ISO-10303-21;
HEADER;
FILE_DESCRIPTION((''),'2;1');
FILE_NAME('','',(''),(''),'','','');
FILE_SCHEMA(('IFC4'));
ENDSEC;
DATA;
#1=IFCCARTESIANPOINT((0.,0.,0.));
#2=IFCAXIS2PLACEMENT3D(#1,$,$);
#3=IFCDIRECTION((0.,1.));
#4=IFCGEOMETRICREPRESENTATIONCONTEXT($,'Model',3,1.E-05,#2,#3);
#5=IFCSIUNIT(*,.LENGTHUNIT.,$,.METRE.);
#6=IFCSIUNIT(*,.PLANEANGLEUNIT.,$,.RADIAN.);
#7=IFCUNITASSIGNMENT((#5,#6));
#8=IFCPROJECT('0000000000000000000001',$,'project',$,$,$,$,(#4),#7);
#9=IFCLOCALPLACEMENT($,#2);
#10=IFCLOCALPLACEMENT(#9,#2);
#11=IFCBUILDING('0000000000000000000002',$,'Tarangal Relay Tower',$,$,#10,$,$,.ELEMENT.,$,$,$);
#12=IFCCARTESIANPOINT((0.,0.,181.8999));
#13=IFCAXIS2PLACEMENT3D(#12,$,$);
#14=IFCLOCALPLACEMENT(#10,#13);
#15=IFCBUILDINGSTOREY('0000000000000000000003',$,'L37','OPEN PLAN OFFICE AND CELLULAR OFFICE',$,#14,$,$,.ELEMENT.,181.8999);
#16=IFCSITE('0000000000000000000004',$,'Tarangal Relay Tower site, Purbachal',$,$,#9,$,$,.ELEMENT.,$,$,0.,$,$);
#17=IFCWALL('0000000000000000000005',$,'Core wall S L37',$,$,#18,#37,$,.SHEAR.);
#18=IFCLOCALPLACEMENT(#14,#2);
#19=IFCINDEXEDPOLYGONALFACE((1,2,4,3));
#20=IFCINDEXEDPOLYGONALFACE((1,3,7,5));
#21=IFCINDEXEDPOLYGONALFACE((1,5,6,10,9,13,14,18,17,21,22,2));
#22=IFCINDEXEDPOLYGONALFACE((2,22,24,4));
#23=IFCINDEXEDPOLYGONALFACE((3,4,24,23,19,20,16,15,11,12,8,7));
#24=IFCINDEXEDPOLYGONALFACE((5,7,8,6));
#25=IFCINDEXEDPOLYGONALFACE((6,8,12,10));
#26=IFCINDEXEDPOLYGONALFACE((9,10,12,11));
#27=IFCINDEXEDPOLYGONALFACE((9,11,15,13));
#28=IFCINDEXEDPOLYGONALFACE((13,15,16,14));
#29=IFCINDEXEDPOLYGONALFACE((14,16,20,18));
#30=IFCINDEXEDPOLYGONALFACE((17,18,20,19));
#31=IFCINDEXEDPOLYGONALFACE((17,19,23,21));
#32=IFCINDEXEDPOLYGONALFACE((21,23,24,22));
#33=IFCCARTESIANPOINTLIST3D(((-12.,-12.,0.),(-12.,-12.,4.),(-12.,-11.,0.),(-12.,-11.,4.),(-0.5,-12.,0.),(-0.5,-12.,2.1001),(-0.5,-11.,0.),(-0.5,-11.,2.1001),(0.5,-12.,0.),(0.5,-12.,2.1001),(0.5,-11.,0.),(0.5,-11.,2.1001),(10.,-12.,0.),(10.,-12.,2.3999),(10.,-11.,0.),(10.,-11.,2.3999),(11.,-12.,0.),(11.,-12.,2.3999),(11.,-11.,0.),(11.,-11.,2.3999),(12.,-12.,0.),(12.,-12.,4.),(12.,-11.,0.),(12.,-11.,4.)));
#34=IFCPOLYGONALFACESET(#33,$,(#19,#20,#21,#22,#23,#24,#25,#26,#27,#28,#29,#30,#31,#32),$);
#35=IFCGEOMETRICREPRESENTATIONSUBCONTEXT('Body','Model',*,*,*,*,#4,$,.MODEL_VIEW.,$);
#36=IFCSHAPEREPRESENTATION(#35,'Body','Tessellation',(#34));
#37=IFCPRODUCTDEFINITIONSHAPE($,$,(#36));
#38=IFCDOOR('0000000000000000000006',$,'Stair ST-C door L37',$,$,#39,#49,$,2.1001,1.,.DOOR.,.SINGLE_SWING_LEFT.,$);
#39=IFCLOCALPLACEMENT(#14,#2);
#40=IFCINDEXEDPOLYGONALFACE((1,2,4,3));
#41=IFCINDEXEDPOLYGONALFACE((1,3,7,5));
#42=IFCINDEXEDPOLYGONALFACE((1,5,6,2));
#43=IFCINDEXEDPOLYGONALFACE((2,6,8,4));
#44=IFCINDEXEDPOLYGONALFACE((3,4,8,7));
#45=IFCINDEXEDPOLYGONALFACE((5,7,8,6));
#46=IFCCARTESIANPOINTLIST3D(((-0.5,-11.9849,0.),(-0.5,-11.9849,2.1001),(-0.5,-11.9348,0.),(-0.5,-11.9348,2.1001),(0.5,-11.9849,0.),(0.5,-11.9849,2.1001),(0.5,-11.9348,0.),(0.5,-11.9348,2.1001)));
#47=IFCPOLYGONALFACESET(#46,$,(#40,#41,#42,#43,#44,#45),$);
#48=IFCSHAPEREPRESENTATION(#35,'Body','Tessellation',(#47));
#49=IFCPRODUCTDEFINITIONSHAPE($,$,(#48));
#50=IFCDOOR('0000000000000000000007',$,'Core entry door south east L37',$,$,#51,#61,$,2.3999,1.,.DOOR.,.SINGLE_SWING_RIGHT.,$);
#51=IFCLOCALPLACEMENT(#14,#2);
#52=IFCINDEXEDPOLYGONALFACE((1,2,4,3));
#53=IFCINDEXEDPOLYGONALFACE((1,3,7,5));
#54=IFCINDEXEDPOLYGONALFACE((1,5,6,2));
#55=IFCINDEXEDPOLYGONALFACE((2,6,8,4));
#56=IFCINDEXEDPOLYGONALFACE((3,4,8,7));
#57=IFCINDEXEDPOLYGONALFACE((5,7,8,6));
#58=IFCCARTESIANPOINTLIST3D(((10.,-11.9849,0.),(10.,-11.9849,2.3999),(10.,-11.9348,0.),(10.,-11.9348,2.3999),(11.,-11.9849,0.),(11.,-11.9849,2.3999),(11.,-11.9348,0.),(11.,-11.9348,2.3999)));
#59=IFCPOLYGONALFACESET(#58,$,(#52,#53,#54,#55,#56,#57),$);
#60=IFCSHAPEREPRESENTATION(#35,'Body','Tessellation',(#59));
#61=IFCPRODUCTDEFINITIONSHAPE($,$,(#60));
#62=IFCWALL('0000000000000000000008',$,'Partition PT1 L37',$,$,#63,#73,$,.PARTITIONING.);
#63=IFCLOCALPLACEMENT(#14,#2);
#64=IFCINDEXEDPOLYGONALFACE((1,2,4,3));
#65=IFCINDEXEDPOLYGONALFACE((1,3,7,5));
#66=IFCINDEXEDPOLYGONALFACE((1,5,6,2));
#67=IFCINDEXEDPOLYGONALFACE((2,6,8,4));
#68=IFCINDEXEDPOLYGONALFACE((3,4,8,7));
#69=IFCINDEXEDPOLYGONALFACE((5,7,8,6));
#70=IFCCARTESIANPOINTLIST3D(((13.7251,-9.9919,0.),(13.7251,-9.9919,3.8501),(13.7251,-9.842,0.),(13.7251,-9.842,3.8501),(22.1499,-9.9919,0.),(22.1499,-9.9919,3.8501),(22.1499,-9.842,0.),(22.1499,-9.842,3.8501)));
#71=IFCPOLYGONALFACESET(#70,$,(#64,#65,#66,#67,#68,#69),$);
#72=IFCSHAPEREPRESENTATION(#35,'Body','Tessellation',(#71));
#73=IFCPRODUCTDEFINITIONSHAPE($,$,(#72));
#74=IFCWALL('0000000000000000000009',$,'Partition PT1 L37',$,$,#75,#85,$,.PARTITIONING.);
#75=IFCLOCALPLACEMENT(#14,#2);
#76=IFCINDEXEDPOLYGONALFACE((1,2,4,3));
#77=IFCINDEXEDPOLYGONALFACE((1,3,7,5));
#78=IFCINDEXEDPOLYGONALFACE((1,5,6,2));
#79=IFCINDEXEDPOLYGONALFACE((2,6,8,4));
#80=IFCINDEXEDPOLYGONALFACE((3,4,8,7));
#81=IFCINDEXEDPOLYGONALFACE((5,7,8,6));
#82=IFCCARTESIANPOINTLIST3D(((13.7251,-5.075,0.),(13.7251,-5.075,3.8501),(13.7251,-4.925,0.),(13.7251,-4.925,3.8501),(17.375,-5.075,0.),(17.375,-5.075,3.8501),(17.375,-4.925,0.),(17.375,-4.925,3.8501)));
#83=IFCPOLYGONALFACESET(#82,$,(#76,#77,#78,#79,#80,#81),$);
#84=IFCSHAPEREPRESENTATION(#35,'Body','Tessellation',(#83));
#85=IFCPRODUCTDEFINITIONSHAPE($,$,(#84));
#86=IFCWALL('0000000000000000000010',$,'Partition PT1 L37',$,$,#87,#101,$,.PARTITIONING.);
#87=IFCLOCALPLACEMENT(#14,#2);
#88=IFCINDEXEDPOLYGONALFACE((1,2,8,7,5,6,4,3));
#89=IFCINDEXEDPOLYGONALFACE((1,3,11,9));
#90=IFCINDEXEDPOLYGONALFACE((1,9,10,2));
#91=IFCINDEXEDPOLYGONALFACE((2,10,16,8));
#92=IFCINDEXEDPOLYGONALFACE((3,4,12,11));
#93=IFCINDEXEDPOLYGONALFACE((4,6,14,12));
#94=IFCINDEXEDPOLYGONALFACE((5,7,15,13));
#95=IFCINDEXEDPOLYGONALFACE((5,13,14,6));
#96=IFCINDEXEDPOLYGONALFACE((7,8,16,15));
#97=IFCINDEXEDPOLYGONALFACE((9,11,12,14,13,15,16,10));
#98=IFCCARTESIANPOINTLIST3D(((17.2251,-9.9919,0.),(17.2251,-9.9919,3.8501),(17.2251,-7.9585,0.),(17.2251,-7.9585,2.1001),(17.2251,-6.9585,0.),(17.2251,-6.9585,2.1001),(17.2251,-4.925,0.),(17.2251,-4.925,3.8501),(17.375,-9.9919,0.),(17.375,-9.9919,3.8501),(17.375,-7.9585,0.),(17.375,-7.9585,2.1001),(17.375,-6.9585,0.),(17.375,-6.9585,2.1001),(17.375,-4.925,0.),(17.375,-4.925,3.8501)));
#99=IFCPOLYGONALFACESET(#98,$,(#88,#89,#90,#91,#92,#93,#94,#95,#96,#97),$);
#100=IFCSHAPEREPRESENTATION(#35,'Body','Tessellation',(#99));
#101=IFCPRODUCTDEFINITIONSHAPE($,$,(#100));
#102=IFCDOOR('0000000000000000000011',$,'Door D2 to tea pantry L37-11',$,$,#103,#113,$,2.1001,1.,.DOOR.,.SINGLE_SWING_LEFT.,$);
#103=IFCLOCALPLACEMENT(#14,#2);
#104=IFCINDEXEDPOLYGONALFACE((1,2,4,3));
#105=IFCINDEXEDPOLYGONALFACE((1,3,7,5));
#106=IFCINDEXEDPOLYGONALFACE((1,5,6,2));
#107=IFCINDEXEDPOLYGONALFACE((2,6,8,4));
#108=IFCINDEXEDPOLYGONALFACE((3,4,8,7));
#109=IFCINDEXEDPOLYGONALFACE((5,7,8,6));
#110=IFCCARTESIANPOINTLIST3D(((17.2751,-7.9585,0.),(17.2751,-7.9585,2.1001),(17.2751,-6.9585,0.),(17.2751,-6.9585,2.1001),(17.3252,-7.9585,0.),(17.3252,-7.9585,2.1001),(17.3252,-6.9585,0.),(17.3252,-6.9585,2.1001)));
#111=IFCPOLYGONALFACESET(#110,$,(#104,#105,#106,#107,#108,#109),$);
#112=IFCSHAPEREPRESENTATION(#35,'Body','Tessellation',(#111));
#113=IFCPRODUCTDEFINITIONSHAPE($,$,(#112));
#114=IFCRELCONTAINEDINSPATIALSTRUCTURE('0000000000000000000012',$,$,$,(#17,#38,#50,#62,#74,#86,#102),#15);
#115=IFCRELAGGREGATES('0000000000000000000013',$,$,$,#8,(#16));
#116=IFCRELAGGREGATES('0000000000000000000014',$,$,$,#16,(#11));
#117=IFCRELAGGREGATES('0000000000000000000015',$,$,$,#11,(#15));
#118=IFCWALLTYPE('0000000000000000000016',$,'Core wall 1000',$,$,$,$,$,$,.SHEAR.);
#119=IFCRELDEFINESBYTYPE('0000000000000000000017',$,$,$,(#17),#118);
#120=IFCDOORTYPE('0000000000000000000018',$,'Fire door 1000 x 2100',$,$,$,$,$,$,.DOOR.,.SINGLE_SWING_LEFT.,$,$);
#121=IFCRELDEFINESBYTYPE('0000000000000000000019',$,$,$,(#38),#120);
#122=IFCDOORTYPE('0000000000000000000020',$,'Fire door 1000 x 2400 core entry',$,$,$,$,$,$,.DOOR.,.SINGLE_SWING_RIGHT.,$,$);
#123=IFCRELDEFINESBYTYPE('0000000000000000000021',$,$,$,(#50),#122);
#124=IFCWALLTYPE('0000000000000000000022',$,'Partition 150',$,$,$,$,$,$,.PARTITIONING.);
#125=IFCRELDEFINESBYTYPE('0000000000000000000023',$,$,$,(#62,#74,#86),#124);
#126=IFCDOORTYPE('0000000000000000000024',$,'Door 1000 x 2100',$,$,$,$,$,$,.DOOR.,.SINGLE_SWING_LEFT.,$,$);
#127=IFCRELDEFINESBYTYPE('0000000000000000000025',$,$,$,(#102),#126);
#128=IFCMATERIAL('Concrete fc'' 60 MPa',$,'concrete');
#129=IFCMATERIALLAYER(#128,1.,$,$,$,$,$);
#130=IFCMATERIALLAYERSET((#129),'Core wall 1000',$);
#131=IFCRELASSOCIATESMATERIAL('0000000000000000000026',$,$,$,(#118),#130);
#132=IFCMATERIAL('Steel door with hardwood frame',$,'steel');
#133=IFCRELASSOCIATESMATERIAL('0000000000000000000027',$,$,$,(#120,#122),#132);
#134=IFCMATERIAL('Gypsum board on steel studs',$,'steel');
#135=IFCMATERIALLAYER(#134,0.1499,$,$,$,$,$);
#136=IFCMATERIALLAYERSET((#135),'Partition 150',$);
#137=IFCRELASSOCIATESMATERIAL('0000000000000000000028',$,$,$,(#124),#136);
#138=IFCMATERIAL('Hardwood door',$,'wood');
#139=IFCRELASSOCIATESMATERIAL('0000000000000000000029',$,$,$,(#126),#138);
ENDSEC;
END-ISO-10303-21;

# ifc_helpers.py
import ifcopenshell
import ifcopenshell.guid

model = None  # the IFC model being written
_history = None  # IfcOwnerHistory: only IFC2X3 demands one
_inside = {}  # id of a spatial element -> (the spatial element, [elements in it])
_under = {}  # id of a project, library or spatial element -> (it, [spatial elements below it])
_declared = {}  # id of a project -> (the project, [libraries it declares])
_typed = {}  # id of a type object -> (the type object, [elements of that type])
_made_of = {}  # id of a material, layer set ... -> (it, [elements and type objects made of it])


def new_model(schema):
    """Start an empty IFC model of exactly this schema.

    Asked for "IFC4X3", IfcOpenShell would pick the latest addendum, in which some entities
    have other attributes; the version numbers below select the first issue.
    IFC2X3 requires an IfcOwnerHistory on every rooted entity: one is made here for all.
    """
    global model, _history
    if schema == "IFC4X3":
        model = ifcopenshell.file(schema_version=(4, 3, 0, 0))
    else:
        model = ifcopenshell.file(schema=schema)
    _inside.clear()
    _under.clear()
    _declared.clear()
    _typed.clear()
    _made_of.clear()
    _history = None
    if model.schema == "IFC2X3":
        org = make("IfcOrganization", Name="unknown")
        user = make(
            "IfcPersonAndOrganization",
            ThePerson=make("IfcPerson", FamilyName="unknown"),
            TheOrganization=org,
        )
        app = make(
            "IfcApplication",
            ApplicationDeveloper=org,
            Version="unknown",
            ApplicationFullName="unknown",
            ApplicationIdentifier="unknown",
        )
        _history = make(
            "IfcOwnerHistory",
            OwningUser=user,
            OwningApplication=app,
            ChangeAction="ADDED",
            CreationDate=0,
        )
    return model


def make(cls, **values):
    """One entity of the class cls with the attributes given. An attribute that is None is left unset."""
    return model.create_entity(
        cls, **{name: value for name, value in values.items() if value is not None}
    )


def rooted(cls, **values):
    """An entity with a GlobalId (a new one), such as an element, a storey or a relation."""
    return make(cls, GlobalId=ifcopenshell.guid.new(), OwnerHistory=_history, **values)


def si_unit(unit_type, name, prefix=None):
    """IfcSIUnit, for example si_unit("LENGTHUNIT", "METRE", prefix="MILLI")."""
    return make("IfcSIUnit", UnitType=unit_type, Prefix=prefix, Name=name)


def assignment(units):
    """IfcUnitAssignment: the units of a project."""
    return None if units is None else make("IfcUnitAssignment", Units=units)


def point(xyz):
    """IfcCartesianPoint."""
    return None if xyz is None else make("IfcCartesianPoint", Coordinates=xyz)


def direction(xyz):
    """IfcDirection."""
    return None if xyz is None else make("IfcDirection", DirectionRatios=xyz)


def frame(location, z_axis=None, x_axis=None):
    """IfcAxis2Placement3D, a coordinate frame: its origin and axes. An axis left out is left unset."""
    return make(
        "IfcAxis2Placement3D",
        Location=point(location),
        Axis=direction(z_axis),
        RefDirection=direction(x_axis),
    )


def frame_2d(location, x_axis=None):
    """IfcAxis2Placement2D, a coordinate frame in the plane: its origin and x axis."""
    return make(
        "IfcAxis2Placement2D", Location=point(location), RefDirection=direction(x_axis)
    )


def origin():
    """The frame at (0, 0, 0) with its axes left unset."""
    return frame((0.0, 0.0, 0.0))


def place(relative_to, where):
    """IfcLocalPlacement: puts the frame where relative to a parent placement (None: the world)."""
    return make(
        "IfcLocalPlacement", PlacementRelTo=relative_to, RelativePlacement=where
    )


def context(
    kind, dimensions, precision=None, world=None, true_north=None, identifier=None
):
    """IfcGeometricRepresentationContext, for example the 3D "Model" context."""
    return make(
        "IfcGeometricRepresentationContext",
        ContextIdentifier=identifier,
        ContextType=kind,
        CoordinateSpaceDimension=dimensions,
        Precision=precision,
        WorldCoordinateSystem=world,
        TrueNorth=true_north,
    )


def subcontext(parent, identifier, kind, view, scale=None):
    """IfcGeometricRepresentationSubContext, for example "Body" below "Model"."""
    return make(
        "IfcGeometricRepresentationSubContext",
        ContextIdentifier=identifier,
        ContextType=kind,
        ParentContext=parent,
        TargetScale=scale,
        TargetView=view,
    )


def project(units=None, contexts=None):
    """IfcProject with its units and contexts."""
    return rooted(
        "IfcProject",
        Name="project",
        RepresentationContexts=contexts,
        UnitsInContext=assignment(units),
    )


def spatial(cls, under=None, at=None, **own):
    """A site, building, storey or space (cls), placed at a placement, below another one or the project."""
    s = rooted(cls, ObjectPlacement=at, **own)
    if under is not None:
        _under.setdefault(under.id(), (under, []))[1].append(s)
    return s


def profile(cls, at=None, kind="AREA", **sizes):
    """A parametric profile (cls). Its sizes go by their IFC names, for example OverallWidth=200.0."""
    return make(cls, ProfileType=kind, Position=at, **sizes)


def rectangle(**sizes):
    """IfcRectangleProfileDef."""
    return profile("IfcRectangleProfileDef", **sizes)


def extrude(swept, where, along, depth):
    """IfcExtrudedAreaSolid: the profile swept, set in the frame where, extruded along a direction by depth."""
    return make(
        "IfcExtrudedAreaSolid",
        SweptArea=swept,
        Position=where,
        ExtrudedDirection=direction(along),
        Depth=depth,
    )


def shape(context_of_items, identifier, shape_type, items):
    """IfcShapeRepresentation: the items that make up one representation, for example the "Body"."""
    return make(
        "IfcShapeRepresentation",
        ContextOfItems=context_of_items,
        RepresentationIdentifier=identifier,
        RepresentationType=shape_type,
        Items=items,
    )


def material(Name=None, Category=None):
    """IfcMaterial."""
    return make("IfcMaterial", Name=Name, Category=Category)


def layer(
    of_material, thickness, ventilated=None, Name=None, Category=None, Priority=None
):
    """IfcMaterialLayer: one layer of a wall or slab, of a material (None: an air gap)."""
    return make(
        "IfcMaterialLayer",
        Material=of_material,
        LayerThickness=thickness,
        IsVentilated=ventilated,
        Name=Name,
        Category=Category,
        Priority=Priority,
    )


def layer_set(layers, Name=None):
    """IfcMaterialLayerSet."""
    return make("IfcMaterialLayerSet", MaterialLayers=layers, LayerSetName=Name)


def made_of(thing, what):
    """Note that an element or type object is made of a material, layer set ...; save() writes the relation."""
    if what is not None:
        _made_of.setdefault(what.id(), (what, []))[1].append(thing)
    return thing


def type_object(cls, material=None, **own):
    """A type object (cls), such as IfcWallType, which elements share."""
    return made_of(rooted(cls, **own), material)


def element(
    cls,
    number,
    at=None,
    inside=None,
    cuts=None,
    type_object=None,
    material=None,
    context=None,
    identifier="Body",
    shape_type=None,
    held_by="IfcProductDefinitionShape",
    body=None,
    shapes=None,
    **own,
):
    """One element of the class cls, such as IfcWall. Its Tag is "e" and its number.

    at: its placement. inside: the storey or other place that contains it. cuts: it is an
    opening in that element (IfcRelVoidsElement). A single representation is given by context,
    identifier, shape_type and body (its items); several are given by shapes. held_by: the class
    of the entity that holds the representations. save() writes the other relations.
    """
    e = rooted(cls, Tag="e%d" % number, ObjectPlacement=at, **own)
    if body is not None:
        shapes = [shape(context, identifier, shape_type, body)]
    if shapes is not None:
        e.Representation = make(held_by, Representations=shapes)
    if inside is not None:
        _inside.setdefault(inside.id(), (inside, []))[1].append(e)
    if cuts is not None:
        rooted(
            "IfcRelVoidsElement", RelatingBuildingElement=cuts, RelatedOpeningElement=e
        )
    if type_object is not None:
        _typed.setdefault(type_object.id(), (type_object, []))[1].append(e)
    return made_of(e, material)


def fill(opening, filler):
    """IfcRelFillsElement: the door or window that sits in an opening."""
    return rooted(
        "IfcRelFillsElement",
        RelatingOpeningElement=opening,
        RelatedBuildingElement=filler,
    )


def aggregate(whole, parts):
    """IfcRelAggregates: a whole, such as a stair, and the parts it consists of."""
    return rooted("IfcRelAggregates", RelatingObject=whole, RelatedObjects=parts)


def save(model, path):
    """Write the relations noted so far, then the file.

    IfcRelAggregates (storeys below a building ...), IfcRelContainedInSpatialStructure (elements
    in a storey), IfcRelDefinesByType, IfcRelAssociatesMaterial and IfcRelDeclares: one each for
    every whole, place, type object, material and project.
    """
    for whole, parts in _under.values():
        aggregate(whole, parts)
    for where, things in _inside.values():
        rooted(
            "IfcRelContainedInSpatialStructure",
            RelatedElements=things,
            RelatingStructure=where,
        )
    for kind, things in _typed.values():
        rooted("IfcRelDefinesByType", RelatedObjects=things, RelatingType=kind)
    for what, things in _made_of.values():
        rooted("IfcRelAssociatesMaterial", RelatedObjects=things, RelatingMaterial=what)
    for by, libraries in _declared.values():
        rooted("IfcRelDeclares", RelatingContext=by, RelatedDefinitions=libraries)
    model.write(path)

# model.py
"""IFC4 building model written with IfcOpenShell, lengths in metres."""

from ifc_helpers import new_model, si_unit, direction, frame, frame_2d, origin, place, context, subcontext, project, spatial, rectangle, extrude, material, layer, layer_set, type_object, element, fill, save


model = new_model("IFC4")

# Units and contexts
model_context = context("Model", 3, precision=1e-05, world=origin(), true_north=direction((0.0, 1.0)))
body_context = subcontext(model_context, "Body", "Model", "MODEL_VIEW")
ifc_project = project(units=[si_unit("LENGTHUNIT", "METRE"), si_unit("PLANEANGLEUNIT", "RADIAN")], contexts=[model_context])

# Site, building, storey
site_placement = place(None, origin())
site = spatial("IfcSite", under=ifc_project, at=site_placement, Name="Tarangal Relay Tower site, Purbachal", CompositionType="ELEMENT", RefElevation=0.0)
building_placement = place(site_placement, origin())
building = spatial("IfcBuilding", under=site, at=building_placement, Name="Tarangal Relay Tower", CompositionType="ELEMENT")
storey_placement = place(building_placement, frame((0.0, 0.0, 181.8999)))
storey = spatial("IfcBuildingStorey", under=building, at=storey_placement, Name="L37", Description="OPEN PLAN OFFICE AND CELLULAR OFFICE", CompositionType="ELEMENT", Elevation=181.8999)

# Wall, openings, doors
ifc_material_1 = material(Name="Concrete fc' 60 MPa", Category="concrete")
ifc_layer_1 = layer(ifc_material_1, 1.0)
ifc_layer_set_1 = layer_set([ifc_layer_1], Name="Core wall 1000")
wall_type_1 = type_object("IfcWallType", Name="Core wall 1000", PredefinedType="SHEAR", material=ifc_layer_set_1)
wall_1_placement = place(storey_placement, frame((12.0, -11.5, 0.0), z_axis=(0.0, 0.0, 1.0), x_axis=(-1.0, 0.0, 0.0)))
wall_1 = element("IfcWall", 1, at=wall_1_placement, inside=storey, type_object=wall_type_1, Name="Core wall S L37", PredefinedType="SHEAR", context=body_context, shape_type="SweptSolid", body=[
    extrude(rectangle(XDim=24.0, YDim=1.0, at=frame_2d((12.0, 0.0))), origin(), (0.0, 0.0, 1.0), 4.0),
])
opening_1_placement = place(wall_1_placement, frame((11.5, 0.0, 0.0)))
opening_1 = element("IfcOpeningElement", 2, at=opening_1_placement, cuts=wall_1, PredefinedType="OPENING", context=body_context, shape_type="SweptSolid", body=[
    extrude(rectangle(XDim=1.0, YDim=2.1001, at=frame_2d((0.5, 1.05))), frame((0.0, 0.51, 0.0), z_axis=(0.0, -1.0, 0.0), x_axis=(1.0, 0.0, 0.0)), (0.0, 0.0, 1.0), 1.02),
])
opening_2_placement = place(wall_1_placement, frame((1.0, 0.0, 0.0)))
opening_2 = element("IfcOpeningElement", 3, at=opening_2_placement, cuts=wall_1, PredefinedType="OPENING", context=body_context, shape_type="SweptSolid", body=[
    extrude(rectangle(XDim=1.0, YDim=2.3999, at=frame_2d((0.5, 1.2))), frame((0.0, 0.51, 0.0), z_axis=(0.0, -1.0, 0.0), x_axis=(1.0, 0.0, 0.0)), (0.0, 0.0, 1.0), 1.02),
])
ifc_material_2 = material(Name="Steel door with hardwood frame", Category="steel")
door_type_1 = type_object("IfcDoorType", Name="Fire door 1000 x 2100", OperationType="SINGLE_SWING_LEFT", PredefinedType="DOOR", material=ifc_material_2)
door_1_placement = place(opening_1_placement, origin())
door_1 = element("IfcDoor", 4, at=door_1_placement, inside=storey, type_object=door_type_1, Name="Stair ST-C door L37", OperationType="SINGLE_SWING_LEFT", OverallHeight=2.1001, OverallWidth=1.0, PredefinedType="DOOR", context=body_context, shape_type="SweptSolid", body=[
    extrude(rectangle(XDim=1.0, YDim=2.1001, at=frame_2d((0.5, 1.05))), frame((0.0, 0.4849, 0.0), z_axis=(0.0, -1.0, 0.0), x_axis=(1.0, 0.0, 0.0)), (0.0, 0.0, 1.0), 0.05),
])
fill(opening_1, door_1)
door_type_2 = type_object("IfcDoorType", Name="Fire door 1000 x 2400 core entry", OperationType="SINGLE_SWING_RIGHT", PredefinedType="DOOR", material=ifc_material_2)
door_2_placement = place(opening_2_placement, origin())
door_2 = element("IfcDoor", 5, at=door_2_placement, inside=storey, type_object=door_type_2, Name="Core entry door south east L37", OperationType="SINGLE_SWING_RIGHT", OverallHeight=2.3999, OverallWidth=1.0, PredefinedType="DOOR", context=body_context, shape_type="SweptSolid", body=[
    extrude(rectangle(XDim=1.0, YDim=2.3999, at=frame_2d((0.5, 1.2))), frame((0.0, 0.4849, 0.0), z_axis=(0.0, -1.0, 0.0), x_axis=(1.0, 0.0, 0.0)), (0.0, 0.0, 1.0), 0.05),
])
fill(opening_2, door_2)

# Walls
ifc_material_3 = material(Name="Gypsum board on steel studs", Category="steel")
ifc_layer_2 = layer(ifc_material_3, 0.1499)
ifc_layer_set_2 = layer_set([ifc_layer_2], Name="Partition 150")
wall_type_2 = type_object("IfcWallType", Name="Partition 150", PredefinedType="PARTITIONING", material=ifc_layer_set_2)
wall_2_placement = place(storey_placement, frame((13.7251, -9.917, 0.0), z_axis=(0.0, 0.0, 1.0), x_axis=(1.0, 0.0, 0.0)))
element("IfcWall", 6, at=wall_2_placement, inside=storey, type_object=wall_type_2, Name="Partition PT1 L37", PredefinedType="PARTITIONING", context=body_context, shape_type="SweptSolid", body=[
    extrude(rectangle(XDim=8.4248, YDim=0.1499, at=frame_2d((4.2124, 0.0))), origin(), (0.0, 0.0, 1.0), 3.8501),
])
wall_3_placement = place(storey_placement, frame((13.7251, -5.0, 0.0), z_axis=(0.0, 0.0, 1.0), x_axis=(1.0, 0.0, 0.0)))
element("IfcWall", 7, at=wall_3_placement, inside=storey, type_object=wall_type_2, Name="Partition PT1 L37", PredefinedType="PARTITIONING", context=body_context, shape_type="SweptSolid", body=[
    extrude(rectangle(XDim=3.6499, YDim=0.1499, at=frame_2d((1.825, 0.0))), origin(), (0.0, 0.0, 1.0), 3.8501),
])

# Wall, opening, door
wall_4_placement = place(storey_placement, frame((17.3, -9.9919, 0.0), z_axis=(0.0, 0.0, 1.0), x_axis=(0.0, 1.0, 0.0)))
wall_4 = element("IfcWall", 8, at=wall_4_placement, inside=storey, type_object=wall_type_2, Name="Partition PT1 L37", PredefinedType="PARTITIONING", context=body_context, shape_type="SweptSolid", body=[
    extrude(rectangle(XDim=5.0669, YDim=0.1499, at=frame_2d((2.5334, 0.0))), origin(), (0.0, 0.0, 1.0), 3.8501),
])
opening_3_placement = place(wall_4_placement, frame((2.0334, 0.0, 0.0)))
opening_3 = element("IfcOpeningElement", 9, at=opening_3_placement, cuts=wall_4, PredefinedType="OPENING", context=body_context, shape_type="SweptSolid", body=[
    extrude(rectangle(XDim=1.0, YDim=2.1001, at=frame_2d((0.5, 1.05))), frame((0.0, 0.085, 0.0), z_axis=(0.0, -1.0, 0.0), x_axis=(1.0, 0.0, 0.0)), (0.0, 0.0, 1.0), 0.1699),
])
ifc_material_4 = material(Name="Hardwood door", Category="wood")
door_type_3 = type_object("IfcDoorType", Name="Door 1000 x 2100", OperationType="SINGLE_SWING_LEFT", PredefinedType="DOOR", material=ifc_material_4)
door_3_placement = place(opening_3_placement, origin())
door_3 = element("IfcDoor", 10, at=door_3_placement, inside=storey, type_object=door_type_3, Name="Door D2 to tea pantry L37-11", OperationType="SINGLE_SWING_LEFT", OverallHeight=2.1001, OverallWidth=1.0, PredefinedType="DOOR", context=body_context, shape_type="SweptSolid", body=[
    extrude(rectangle(XDim=1.0, YDim=2.1001, at=frame_2d((0.5, 1.05))), frame((0.0, 0.0249, 0.0), z_axis=(0.0, -1.0, 0.0), x_axis=(1.0, 0.0, 0.0)), (0.0, 0.0, 1.0), 0.05),
])
fill(opening_3, door_3)

save(model, "model.ifc")
